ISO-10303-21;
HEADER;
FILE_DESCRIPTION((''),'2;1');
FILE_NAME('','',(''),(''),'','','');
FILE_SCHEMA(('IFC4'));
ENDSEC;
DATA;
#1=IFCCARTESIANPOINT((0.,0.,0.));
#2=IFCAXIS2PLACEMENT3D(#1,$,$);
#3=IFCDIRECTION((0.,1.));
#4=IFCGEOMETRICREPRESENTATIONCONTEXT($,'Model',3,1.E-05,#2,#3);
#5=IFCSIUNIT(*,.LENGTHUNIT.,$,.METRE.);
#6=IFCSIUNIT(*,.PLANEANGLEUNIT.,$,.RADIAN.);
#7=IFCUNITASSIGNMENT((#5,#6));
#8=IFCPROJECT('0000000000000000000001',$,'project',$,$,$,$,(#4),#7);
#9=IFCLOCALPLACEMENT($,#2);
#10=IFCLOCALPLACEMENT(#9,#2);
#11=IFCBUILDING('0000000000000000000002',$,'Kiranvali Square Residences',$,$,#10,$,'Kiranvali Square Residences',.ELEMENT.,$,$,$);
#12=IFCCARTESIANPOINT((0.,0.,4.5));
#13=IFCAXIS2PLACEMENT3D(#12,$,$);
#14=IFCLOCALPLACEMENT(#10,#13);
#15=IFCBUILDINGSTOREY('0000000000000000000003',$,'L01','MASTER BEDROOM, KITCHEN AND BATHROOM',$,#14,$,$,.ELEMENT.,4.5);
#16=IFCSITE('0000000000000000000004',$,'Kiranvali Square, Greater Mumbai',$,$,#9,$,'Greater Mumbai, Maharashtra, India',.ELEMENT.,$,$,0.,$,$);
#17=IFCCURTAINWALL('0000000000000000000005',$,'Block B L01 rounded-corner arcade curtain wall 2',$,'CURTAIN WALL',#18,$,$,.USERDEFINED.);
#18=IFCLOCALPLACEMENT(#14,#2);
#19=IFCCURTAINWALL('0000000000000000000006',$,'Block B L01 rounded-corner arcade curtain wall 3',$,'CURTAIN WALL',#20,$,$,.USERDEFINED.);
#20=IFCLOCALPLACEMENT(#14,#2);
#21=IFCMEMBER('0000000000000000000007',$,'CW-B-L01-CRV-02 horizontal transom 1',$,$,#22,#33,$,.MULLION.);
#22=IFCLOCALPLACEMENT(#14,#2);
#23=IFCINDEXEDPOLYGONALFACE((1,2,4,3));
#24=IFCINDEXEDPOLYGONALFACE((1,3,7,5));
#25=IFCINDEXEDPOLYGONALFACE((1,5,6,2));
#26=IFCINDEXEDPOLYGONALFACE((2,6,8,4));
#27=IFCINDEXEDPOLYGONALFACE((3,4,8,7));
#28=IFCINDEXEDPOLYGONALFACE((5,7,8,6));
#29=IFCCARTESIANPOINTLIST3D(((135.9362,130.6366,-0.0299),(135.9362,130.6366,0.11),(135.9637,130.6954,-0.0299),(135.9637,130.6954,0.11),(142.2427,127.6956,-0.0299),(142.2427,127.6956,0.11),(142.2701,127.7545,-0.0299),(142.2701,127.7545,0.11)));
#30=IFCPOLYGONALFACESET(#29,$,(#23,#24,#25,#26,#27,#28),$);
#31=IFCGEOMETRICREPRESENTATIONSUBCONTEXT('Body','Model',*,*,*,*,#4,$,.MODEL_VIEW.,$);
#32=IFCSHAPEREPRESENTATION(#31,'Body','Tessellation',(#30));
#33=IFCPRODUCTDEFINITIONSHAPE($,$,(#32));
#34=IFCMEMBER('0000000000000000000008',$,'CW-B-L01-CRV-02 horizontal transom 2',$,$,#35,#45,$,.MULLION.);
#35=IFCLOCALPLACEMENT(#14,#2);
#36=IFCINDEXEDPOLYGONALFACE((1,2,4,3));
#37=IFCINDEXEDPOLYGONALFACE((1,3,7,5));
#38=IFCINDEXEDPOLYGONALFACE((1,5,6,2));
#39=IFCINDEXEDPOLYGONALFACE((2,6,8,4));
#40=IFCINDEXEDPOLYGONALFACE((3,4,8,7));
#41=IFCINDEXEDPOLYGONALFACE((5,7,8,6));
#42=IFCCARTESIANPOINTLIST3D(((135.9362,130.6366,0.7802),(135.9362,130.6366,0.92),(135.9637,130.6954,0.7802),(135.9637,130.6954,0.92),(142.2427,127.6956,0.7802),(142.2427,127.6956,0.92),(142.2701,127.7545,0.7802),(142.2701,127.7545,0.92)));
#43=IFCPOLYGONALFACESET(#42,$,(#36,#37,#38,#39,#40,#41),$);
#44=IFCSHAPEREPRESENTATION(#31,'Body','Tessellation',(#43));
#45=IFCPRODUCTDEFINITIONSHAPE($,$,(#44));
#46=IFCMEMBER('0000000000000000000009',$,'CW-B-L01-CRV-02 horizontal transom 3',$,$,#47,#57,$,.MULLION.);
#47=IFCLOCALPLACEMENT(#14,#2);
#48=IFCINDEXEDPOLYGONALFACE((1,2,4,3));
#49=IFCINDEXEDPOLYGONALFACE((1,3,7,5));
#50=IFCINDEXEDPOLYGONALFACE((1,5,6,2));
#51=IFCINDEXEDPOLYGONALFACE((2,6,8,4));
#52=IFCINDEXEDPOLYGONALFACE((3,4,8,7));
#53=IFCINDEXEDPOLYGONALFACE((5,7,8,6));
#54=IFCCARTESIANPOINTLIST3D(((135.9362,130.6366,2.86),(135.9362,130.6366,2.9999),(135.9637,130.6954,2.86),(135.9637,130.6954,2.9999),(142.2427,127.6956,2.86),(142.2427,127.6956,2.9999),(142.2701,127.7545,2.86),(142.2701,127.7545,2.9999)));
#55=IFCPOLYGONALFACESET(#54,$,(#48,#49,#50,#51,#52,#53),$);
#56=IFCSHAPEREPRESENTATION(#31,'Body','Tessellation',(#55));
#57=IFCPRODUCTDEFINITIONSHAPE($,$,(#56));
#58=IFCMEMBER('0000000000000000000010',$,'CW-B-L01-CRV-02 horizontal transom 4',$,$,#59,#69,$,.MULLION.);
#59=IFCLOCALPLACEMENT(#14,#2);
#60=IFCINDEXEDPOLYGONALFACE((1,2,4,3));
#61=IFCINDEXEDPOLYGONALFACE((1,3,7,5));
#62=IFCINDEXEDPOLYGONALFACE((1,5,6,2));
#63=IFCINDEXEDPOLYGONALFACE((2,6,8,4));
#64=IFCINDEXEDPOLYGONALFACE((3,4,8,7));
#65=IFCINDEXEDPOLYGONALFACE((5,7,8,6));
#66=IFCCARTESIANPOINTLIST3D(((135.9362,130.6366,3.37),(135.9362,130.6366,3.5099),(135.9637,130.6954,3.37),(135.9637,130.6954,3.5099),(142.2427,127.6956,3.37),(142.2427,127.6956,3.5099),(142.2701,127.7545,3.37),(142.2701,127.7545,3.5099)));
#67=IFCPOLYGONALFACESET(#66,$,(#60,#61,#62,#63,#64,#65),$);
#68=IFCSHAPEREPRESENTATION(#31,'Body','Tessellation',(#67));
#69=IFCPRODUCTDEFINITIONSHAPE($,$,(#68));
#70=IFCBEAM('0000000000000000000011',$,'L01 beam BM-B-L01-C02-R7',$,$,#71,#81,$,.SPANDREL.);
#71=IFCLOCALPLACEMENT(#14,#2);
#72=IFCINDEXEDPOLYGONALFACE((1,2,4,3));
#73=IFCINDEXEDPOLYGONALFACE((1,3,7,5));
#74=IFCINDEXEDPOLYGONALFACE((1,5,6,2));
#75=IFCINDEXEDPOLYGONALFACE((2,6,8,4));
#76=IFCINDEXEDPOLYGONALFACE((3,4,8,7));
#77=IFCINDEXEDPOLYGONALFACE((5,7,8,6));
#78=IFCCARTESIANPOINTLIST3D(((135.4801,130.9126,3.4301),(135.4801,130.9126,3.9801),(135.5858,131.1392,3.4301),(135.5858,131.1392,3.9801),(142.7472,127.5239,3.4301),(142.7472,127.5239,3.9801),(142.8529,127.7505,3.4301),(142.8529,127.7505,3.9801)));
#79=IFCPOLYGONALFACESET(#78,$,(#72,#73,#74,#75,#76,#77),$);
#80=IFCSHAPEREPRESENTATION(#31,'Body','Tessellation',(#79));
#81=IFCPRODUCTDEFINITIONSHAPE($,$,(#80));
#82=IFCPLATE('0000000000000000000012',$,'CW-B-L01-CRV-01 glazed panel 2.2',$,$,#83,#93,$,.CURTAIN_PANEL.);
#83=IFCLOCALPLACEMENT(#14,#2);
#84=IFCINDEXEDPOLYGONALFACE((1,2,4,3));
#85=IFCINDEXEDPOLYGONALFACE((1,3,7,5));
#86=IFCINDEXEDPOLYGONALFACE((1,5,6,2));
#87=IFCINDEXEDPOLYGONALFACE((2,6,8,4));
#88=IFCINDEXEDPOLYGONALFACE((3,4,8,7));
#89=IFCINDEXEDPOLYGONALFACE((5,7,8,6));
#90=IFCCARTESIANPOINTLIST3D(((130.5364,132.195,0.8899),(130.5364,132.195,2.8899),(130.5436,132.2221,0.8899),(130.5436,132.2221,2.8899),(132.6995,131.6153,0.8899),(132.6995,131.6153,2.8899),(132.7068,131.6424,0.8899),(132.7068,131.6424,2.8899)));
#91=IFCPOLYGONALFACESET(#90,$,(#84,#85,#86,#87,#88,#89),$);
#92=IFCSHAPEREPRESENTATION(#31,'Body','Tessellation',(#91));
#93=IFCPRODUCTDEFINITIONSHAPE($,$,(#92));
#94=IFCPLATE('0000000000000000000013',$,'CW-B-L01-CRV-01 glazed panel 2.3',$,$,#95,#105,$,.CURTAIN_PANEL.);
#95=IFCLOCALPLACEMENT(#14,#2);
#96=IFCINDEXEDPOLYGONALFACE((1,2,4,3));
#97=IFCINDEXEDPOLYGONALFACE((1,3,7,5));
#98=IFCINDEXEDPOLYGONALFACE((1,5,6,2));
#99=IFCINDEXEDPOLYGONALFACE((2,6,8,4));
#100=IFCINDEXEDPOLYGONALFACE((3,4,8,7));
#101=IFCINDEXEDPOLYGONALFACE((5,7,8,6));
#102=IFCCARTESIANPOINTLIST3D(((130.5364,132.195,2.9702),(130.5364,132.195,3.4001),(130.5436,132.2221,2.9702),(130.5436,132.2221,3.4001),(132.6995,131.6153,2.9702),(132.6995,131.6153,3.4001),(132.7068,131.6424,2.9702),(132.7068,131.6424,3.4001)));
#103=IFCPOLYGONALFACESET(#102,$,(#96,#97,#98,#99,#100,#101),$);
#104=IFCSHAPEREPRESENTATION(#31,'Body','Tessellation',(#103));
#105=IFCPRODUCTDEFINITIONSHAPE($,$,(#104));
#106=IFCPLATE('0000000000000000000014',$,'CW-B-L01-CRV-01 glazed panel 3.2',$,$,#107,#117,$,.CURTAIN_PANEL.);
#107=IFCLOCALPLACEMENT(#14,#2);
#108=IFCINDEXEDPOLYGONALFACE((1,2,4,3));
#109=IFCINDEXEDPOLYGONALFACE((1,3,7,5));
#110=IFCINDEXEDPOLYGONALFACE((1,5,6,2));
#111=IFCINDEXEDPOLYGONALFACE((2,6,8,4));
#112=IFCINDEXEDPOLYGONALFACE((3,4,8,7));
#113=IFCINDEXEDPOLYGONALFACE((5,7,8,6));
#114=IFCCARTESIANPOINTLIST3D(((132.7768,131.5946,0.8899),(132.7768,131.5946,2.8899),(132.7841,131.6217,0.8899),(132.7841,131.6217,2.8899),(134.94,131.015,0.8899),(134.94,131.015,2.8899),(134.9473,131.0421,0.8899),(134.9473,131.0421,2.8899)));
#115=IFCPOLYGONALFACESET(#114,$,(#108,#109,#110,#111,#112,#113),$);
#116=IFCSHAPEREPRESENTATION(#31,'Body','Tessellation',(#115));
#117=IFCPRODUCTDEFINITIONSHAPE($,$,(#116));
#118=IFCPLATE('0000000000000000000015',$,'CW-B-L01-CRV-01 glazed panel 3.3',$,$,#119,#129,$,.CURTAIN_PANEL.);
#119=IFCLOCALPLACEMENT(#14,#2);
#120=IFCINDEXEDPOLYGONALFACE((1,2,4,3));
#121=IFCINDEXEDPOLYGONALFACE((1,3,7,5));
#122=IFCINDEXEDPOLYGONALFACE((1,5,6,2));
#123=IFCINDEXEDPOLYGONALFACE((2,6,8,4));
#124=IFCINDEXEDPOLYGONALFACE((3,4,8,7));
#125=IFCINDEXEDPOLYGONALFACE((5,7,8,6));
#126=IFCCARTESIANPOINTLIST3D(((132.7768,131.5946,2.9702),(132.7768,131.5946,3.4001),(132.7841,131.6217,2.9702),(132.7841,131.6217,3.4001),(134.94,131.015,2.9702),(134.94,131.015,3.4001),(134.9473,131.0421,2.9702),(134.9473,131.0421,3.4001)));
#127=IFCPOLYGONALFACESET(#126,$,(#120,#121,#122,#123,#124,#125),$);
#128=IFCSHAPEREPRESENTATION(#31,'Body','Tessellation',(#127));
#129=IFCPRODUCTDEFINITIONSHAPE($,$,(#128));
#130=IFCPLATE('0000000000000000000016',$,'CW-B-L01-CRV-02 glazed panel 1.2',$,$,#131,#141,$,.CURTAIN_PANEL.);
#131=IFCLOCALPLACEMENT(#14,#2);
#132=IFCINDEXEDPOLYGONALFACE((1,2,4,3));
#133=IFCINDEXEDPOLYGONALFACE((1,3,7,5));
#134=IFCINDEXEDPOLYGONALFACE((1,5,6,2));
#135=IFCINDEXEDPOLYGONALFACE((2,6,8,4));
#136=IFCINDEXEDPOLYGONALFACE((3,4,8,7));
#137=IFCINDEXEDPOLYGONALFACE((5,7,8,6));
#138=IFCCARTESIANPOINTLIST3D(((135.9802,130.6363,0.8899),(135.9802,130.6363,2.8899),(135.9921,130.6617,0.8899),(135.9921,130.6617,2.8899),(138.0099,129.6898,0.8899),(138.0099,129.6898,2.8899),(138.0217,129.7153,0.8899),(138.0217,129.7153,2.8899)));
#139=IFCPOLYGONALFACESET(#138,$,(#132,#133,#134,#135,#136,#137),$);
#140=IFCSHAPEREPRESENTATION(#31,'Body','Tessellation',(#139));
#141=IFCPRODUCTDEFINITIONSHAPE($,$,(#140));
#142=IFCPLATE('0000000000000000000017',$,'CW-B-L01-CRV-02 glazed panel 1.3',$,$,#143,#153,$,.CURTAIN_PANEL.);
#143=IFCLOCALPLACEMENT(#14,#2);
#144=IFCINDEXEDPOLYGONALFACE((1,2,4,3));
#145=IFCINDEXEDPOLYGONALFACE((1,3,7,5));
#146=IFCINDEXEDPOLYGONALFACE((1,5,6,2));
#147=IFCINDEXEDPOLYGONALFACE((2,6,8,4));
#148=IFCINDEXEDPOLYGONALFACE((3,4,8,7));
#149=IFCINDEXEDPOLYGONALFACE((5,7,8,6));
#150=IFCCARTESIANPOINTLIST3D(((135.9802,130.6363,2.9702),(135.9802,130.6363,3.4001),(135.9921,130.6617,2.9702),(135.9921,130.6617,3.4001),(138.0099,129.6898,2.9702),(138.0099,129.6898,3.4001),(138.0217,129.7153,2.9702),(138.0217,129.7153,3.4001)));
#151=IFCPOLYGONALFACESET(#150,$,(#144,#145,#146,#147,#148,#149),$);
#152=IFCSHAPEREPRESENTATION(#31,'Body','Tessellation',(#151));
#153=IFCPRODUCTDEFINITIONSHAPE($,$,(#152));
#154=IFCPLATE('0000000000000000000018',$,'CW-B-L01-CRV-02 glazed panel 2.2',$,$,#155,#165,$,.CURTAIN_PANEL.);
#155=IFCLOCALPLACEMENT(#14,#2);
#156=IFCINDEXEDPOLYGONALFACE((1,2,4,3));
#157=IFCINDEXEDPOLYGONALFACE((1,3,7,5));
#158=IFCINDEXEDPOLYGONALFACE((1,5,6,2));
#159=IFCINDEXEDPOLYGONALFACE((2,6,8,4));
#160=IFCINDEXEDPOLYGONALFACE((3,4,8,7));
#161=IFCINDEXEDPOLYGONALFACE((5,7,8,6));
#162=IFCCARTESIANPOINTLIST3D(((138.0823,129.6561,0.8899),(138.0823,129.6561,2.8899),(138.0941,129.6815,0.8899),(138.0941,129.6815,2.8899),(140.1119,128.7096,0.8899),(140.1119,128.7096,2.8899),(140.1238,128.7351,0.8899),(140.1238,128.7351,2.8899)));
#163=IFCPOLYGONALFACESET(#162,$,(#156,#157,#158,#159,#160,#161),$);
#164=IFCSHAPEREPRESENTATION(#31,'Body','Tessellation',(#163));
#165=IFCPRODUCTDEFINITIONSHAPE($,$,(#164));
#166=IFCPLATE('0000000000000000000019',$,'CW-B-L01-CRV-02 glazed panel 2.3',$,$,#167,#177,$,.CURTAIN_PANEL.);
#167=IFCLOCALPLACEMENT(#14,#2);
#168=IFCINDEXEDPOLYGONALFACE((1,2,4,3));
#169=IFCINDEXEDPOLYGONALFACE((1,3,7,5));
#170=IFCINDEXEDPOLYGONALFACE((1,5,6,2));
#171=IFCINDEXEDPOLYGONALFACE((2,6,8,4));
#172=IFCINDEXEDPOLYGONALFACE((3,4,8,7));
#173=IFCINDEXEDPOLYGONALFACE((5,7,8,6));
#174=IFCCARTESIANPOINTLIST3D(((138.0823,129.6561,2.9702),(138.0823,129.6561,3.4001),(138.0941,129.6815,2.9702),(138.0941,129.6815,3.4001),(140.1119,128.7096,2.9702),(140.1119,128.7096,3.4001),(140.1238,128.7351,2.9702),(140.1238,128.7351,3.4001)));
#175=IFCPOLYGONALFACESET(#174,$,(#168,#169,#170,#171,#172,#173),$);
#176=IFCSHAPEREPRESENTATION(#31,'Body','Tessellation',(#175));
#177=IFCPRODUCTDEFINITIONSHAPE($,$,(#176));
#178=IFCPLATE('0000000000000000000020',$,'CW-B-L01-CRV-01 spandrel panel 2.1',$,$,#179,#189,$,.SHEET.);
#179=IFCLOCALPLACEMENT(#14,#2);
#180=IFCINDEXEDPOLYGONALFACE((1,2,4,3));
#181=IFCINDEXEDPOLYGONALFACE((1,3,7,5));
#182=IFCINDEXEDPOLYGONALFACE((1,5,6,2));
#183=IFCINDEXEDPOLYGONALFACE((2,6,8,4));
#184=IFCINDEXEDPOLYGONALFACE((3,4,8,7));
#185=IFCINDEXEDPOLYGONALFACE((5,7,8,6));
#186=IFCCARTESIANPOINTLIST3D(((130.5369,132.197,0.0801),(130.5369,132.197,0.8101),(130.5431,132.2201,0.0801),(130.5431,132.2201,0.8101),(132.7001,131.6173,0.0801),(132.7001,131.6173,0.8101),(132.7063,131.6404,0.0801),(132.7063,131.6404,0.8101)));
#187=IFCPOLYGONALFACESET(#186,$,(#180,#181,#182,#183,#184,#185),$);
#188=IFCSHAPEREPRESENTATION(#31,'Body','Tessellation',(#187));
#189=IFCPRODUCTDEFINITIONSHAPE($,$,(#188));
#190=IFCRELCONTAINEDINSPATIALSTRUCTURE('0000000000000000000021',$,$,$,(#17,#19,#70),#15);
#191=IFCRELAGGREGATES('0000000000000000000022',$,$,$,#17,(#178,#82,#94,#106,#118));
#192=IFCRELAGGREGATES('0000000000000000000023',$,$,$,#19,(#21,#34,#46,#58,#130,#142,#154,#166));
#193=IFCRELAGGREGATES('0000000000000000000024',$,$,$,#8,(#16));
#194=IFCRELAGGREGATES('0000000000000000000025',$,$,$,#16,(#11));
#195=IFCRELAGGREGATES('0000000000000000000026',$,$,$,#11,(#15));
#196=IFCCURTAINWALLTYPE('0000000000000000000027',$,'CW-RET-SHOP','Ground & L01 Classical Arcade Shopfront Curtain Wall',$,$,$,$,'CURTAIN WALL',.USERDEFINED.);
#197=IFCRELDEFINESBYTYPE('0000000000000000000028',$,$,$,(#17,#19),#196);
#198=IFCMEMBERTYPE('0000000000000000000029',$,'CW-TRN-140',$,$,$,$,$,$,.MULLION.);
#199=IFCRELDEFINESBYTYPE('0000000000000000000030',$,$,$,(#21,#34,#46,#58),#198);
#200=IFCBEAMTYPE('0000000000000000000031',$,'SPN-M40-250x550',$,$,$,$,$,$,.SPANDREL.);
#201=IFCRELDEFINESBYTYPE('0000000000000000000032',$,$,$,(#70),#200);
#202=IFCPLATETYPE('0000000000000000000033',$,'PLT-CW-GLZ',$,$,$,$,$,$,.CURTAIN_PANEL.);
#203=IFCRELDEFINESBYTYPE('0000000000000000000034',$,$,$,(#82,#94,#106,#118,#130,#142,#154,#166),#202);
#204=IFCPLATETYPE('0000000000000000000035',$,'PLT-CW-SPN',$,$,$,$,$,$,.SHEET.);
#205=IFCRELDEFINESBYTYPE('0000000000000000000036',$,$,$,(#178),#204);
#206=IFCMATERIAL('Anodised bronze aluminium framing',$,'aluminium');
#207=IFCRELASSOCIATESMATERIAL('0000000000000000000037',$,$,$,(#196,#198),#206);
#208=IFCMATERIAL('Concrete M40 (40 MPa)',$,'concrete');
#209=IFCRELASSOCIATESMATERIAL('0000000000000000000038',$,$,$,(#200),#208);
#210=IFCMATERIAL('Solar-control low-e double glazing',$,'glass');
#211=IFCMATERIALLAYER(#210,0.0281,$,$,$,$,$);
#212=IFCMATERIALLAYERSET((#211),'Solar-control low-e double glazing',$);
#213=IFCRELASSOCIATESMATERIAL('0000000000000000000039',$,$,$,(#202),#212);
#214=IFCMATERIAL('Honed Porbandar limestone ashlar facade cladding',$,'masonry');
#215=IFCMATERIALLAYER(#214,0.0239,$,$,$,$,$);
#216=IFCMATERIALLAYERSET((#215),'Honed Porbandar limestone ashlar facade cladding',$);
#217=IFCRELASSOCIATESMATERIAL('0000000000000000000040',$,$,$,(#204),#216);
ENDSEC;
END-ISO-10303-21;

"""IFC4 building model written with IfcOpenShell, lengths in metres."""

from ifc_helpers import new_model, si_unit, direction, frame, origin, origin_2d, place, context, subcontext, project, spatial, rectangle, extrude, material, layer, layer_set, material_profile, profile_set, type_object, element, aggregate, save


model = new_model("IFC4")

# Units and contexts
model_context = context("Model", 3, precision=1e-05, world=origin(), true_north=direction((0.0, 1.0)))
body_context = subcontext(model_context, "Body", "Model", "MODEL_VIEW")
ifc_project = project(units=[si_unit("LENGTHUNIT", "METRE"), si_unit("PLANEANGLEUNIT", "RADIAN")], contexts=[model_context])

# Site, building, storey
site_placement = place(None, origin())
site = spatial("IfcSite", under=ifc_project, at=site_placement, Name="Kiranvali Square, Greater Mumbai", LongName="Greater Mumbai, Maharashtra, India", CompositionType="ELEMENT", RefElevation=0.0)
building_placement = place(site_placement, origin())
building = spatial("IfcBuilding", under=site, at=building_placement, Name="Kiranvali Square Residences", LongName="Kiranvali Square Residences", CompositionType="ELEMENT")
storey_placement = place(building_placement, frame((0.0, 0.0, 4.5)))
storey = spatial("IfcBuildingStorey", under=building, at=storey_placement, Name="L01", Description="MASTER BEDROOM, KITCHEN AND BATHROOM", CompositionType="ELEMENT", Elevation=4.5)

# Shared definitions
ifc_material_1 = material(Name="Concrete M40 (40 MPa)", Category="concrete")

# Curtain walls, members
ifc_material_2 = material(Name="Anodised bronze aluminium framing", Category="aluminium")
curtain_wall_type = type_object("IfcCurtainWallType", Name="CW-RET-SHOP", Description="Ground & L01 Classical Arcade Shopfront Curtain Wall", ElementType="CURTAIN WALL", PredefinedType="USERDEFINED", material=ifc_material_2)
curtain_wall_1_placement = place(storey_placement, origin())
curtain_wall_1 = element("IfcCurtainWall", 1, at=curtain_wall_1_placement, inside=storey, type_object=curtain_wall_type, Name="Block B L01 rounded-corner arcade curtain wall 2", ObjectType="CURTAIN WALL", PredefinedType="USERDEFINED")
curtain_wall_2_placement = place(storey_placement, origin())
curtain_wall_2 = element("IfcCurtainWall", 2, at=curtain_wall_2_placement, inside=storey, type_object=curtain_wall_type, Name="Block B L01 rounded-corner arcade curtain wall 3", ObjectType="CURTAIN WALL", PredefinedType="USERDEFINED")
ifc_material_profile_1 = material_profile(ifc_material_2, rectangle(XDim=0.0649, YDim=0.1399, at=origin_2d()), Name="ALU 65x140")
ifc_profile_set_1 = profile_set([ifc_material_profile_1], Name="Anodised bronze aluminium framing")
member_type_1 = type_object("IfcMemberType", Name="CW-TRN-140", PredefinedType="MULLION", material=ifc_profile_set_1)
member_1_placement = place(storey_placement, frame((135.95, 130.666, 0.04), z_axis=(0.906297, -0.422642, 0.0), x_axis=(0.422642, 0.906297, 0.0)))
member_1 = element("IfcMember", 3, at=member_1_placement, type_object=member_type_1, Name="CW-B-L01-CRV-02 horizontal transom 1", PredefinedType="MULLION", context=body_context, shape_type="SweptSolid", body=[
    extrude(rectangle(XDim=0.0649, YDim=0.1399, at=origin_2d()), origin(), (0.0, 0.0, 1.0), 6.9585),
])
member_2_placement = place(storey_placement, frame((135.95, 130.666, 0.8501), z_axis=(0.906297, -0.422642, 0.0), x_axis=(0.422642, 0.906297, 0.0)))
member_2 = element("IfcMember", 4, at=member_2_placement, type_object=member_type_1, Name="CW-B-L01-CRV-02 horizontal transom 2", PredefinedType="MULLION", context=body_context, shape_type="SweptSolid", body=[
    extrude(rectangle(XDim=0.0649, YDim=0.1399, at=origin_2d()), origin(), (0.0, 0.0, 1.0), 6.9585),
])
member_3_placement = place(storey_placement, frame((135.95, 130.666, 2.9299), z_axis=(0.906297, -0.422642, 0.0), x_axis=(0.422642, 0.906297, 0.0)))
member_3 = element("IfcMember", 5, at=member_3_placement, type_object=member_type_1, Name="CW-B-L01-CRV-02 horizontal transom 3", PredefinedType="MULLION", context=body_context, shape_type="SweptSolid", body=[
    extrude(rectangle(XDim=0.0649, YDim=0.1399, at=origin_2d()), origin(), (0.0, 0.0, 1.0), 6.9585),
])
member_4_placement = place(storey_placement, frame((135.95, 130.666, 3.4399), z_axis=(0.906297, -0.422642, 0.0), x_axis=(0.422642, 0.906297, 0.0)))
member_4 = element("IfcMember", 6, at=member_4_placement, type_object=member_type_1, Name="CW-B-L01-CRV-02 horizontal transom 4", PredefinedType="MULLION", context=body_context, shape_type="SweptSolid", body=[
    extrude(rectangle(XDim=0.0649, YDim=0.1399, at=origin_2d()), origin(), (0.0, 0.0, 1.0), 6.9585),
])

# Beam
ifc_material_profile_2 = material_profile(ifc_material_1, rectangle(XDim=0.25, YDim=0.55, at=origin_2d()), Name="RC 250x550")
ifc_profile_set_2 = profile_set([ifc_material_profile_2], Name="Concrete M40 (40 MPa)")
beam_type_1 = type_object("IfcBeamType", Name="SPN-M40-250x550", PredefinedType="SPANDREL", material=ifc_profile_set_2)
beam_1_placement = place(storey_placement, frame((135.533, 131.0259, 3.7051), z_axis=(0.906309, -0.422615, 0.0), x_axis=(0.422615, 0.906309, 0.0)))
element("IfcBeam", 7, at=beam_1_placement, inside=storey, type_object=beam_type_1, Name="L01 beam BM-B-L01-C02-R7", PredefinedType="SPANDREL", context=body_context, shape_type="SweptSolid", body=[
    extrude(rectangle(XDim=0.25, YDim=0.55, at=origin_2d()), origin(), (0.0, 0.0, 1.0), 8.0183),
])

# Plates
ifc_material_3 = material(Name="Solar-control low-e double glazing", Category="glass")
ifc_layer_1 = layer(ifc_material_3, 0.0281)
ifc_layer_set_1 = layer_set([ifc_layer_1], Name="Solar-control low-e double glazing")
plate_type_1 = type_object("IfcPlateType", Name="PLT-CW-GLZ", PredefinedType="CURTAIN_PANEL", material=ifc_layer_set_1)
plate_1_placement = place(storey_placement, frame((131.6216, 131.9187, 0.8899), z_axis=(0.0, 0.0, 1.0), x_axis=(0.965926, -0.258819, 0.0)))
plate_1 = element("IfcPlate", 8, at=plate_1_placement, type_object=plate_type_1, Name="CW-B-L01-CRV-01 glazed panel 2.2", PredefinedType="CURTAIN_PANEL", context=body_context, shape_type="SweptSolid", body=[
    extrude(rectangle(XDim=2.2395, YDim=0.0281, at=origin_2d()), origin(), (0.0, 0.0, 1.0), 2.0),
])
plate_2_placement = place(storey_placement, frame((131.6216, 131.9187, 2.9702), z_axis=(0.0, 0.0, 1.0), x_axis=(0.965926, -0.258819, 0.0)))
plate_2 = element("IfcPlate", 9, at=plate_2_placement, type_object=plate_type_1, Name="CW-B-L01-CRV-01 glazed panel 2.3", PredefinedType="CURTAIN_PANEL", context=body_context, shape_type="SweptSolid", body=[
    extrude(rectangle(XDim=2.2395, YDim=0.0281, at=origin_2d()), origin(), (0.0, 0.0, 1.0), 0.4299),
])
plate_3_placement = place(storey_placement, frame((133.8621, 131.3184, 0.8899), z_axis=(0.0, 0.0, 1.0), x_axis=(0.965926, -0.258819, 0.0)))
plate_3 = element("IfcPlate", 10, at=plate_3_placement, type_object=plate_type_1, Name="CW-B-L01-CRV-01 glazed panel 3.2", PredefinedType="CURTAIN_PANEL", context=body_context, shape_type="SweptSolid", body=[
    extrude(rectangle(XDim=2.2395, YDim=0.0281, at=origin_2d()), origin(), (0.0, 0.0, 1.0), 2.0),
])
plate_4_placement = place(storey_placement, frame((133.8621, 131.3184, 2.9702), z_axis=(0.0, 0.0, 1.0), x_axis=(0.965926, -0.258819, 0.0)))
plate_4 = element("IfcPlate", 11, at=plate_4_placement, type_object=plate_type_1, Name="CW-B-L01-CRV-01 glazed panel 3.3", PredefinedType="CURTAIN_PANEL", context=body_context, shape_type="SweptSolid", body=[
    extrude(rectangle(XDim=2.2395, YDim=0.0281, at=origin_2d()), origin(), (0.0, 0.0, 1.0), 0.4299),
])
plate_5_placement = place(storey_placement, frame((137.001, 130.1758, 0.8899), z_axis=(0.0, 0.0, 1.0), x_axis=(0.906308, -0.422618, 0.0)))
plate_5 = element("IfcPlate", 12, at=plate_5_placement, type_object=plate_type_1, Name="CW-B-L01-CRV-02 glazed panel 1.2", PredefinedType="CURTAIN_PANEL", context=body_context, shape_type="SweptSolid", body=[
    extrude(rectangle(XDim=2.2395, YDim=0.0281, at=origin_2d()), origin(), (0.0, 0.0, 1.0), 2.0),
])
plate_6_placement = place(storey_placement, frame((137.001, 130.1758, 2.9702), z_axis=(0.0, 0.0, 1.0), x_axis=(0.906308, -0.422618, 0.0)))
plate_6 = element("IfcPlate", 13, at=plate_6_placement, type_object=plate_type_1, Name="CW-B-L01-CRV-02 glazed panel 1.3", PredefinedType="CURTAIN_PANEL", context=body_context, shape_type="SweptSolid", body=[
    extrude(rectangle(XDim=2.2395, YDim=0.0281, at=origin_2d()), origin(), (0.0, 0.0, 1.0), 0.4299),
])
plate_7_placement = place(storey_placement, frame((139.103, 129.1956, 0.8899), z_axis=(0.0, 0.0, 1.0), x_axis=(0.906308, -0.422618, 0.0)))
plate_7 = element("IfcPlate", 14, at=plate_7_placement, type_object=plate_type_1, Name="CW-B-L01-CRV-02 glazed panel 2.2", PredefinedType="CURTAIN_PANEL", context=body_context, shape_type="SweptSolid", body=[
    extrude(rectangle(XDim=2.2395, YDim=0.0281, at=origin_2d()), origin(), (0.0, 0.0, 1.0), 2.0),
])
plate_8_placement = place(storey_placement, frame((139.103, 129.1956, 2.9702), z_axis=(0.0, 0.0, 1.0), x_axis=(0.906308, -0.422618, 0.0)))
plate_8 = element("IfcPlate", 15, at=plate_8_placement, type_object=plate_type_1, Name="CW-B-L01-CRV-02 glazed panel 2.3", PredefinedType="CURTAIN_PANEL", context=body_context, shape_type="SweptSolid", body=[
    extrude(rectangle(XDim=2.2395, YDim=0.0281, at=origin_2d()), origin(), (0.0, 0.0, 1.0), 0.4299),
])
ifc_material_4 = material(Name="Honed Porbandar limestone ashlar facade cladding", Category="masonry")
ifc_layer_2 = layer(ifc_material_4, 0.0239)
ifc_layer_set_2 = layer_set([ifc_layer_2], Name="Honed Porbandar limestone ashlar facade cladding")
plate_type_2 = type_object("IfcPlateType", Name="PLT-CW-SPN", PredefinedType="SHEET", material=ifc_layer_set_2)
plate_9_placement = place(storey_placement, frame((131.6216, 131.9187, 0.0801), z_axis=(0.0, 0.0, 1.0), x_axis=(0.965926, -0.258819, 0.0)))
plate_9 = element("IfcPlate", 16, at=plate_9_placement, type_object=plate_type_2, Name="CW-B-L01-CRV-01 spandrel panel 2.1", PredefinedType="SHEET", context=body_context, shape_type="SweptSolid", body=[
    extrude(rectangle(XDim=2.2395, YDim=0.0239, at=origin_2d()), origin(), (0.0, 0.0, 1.0), 0.73),
])
aggregate(curtain_wall_1, [plate_9, plate_1, plate_2, plate_3, plate_4])
aggregate(curtain_wall_2, [member_1, member_2, member_3, member_4, plate_5, plate_6, plate_7, plate_8])

save(model, "model.ifc")
